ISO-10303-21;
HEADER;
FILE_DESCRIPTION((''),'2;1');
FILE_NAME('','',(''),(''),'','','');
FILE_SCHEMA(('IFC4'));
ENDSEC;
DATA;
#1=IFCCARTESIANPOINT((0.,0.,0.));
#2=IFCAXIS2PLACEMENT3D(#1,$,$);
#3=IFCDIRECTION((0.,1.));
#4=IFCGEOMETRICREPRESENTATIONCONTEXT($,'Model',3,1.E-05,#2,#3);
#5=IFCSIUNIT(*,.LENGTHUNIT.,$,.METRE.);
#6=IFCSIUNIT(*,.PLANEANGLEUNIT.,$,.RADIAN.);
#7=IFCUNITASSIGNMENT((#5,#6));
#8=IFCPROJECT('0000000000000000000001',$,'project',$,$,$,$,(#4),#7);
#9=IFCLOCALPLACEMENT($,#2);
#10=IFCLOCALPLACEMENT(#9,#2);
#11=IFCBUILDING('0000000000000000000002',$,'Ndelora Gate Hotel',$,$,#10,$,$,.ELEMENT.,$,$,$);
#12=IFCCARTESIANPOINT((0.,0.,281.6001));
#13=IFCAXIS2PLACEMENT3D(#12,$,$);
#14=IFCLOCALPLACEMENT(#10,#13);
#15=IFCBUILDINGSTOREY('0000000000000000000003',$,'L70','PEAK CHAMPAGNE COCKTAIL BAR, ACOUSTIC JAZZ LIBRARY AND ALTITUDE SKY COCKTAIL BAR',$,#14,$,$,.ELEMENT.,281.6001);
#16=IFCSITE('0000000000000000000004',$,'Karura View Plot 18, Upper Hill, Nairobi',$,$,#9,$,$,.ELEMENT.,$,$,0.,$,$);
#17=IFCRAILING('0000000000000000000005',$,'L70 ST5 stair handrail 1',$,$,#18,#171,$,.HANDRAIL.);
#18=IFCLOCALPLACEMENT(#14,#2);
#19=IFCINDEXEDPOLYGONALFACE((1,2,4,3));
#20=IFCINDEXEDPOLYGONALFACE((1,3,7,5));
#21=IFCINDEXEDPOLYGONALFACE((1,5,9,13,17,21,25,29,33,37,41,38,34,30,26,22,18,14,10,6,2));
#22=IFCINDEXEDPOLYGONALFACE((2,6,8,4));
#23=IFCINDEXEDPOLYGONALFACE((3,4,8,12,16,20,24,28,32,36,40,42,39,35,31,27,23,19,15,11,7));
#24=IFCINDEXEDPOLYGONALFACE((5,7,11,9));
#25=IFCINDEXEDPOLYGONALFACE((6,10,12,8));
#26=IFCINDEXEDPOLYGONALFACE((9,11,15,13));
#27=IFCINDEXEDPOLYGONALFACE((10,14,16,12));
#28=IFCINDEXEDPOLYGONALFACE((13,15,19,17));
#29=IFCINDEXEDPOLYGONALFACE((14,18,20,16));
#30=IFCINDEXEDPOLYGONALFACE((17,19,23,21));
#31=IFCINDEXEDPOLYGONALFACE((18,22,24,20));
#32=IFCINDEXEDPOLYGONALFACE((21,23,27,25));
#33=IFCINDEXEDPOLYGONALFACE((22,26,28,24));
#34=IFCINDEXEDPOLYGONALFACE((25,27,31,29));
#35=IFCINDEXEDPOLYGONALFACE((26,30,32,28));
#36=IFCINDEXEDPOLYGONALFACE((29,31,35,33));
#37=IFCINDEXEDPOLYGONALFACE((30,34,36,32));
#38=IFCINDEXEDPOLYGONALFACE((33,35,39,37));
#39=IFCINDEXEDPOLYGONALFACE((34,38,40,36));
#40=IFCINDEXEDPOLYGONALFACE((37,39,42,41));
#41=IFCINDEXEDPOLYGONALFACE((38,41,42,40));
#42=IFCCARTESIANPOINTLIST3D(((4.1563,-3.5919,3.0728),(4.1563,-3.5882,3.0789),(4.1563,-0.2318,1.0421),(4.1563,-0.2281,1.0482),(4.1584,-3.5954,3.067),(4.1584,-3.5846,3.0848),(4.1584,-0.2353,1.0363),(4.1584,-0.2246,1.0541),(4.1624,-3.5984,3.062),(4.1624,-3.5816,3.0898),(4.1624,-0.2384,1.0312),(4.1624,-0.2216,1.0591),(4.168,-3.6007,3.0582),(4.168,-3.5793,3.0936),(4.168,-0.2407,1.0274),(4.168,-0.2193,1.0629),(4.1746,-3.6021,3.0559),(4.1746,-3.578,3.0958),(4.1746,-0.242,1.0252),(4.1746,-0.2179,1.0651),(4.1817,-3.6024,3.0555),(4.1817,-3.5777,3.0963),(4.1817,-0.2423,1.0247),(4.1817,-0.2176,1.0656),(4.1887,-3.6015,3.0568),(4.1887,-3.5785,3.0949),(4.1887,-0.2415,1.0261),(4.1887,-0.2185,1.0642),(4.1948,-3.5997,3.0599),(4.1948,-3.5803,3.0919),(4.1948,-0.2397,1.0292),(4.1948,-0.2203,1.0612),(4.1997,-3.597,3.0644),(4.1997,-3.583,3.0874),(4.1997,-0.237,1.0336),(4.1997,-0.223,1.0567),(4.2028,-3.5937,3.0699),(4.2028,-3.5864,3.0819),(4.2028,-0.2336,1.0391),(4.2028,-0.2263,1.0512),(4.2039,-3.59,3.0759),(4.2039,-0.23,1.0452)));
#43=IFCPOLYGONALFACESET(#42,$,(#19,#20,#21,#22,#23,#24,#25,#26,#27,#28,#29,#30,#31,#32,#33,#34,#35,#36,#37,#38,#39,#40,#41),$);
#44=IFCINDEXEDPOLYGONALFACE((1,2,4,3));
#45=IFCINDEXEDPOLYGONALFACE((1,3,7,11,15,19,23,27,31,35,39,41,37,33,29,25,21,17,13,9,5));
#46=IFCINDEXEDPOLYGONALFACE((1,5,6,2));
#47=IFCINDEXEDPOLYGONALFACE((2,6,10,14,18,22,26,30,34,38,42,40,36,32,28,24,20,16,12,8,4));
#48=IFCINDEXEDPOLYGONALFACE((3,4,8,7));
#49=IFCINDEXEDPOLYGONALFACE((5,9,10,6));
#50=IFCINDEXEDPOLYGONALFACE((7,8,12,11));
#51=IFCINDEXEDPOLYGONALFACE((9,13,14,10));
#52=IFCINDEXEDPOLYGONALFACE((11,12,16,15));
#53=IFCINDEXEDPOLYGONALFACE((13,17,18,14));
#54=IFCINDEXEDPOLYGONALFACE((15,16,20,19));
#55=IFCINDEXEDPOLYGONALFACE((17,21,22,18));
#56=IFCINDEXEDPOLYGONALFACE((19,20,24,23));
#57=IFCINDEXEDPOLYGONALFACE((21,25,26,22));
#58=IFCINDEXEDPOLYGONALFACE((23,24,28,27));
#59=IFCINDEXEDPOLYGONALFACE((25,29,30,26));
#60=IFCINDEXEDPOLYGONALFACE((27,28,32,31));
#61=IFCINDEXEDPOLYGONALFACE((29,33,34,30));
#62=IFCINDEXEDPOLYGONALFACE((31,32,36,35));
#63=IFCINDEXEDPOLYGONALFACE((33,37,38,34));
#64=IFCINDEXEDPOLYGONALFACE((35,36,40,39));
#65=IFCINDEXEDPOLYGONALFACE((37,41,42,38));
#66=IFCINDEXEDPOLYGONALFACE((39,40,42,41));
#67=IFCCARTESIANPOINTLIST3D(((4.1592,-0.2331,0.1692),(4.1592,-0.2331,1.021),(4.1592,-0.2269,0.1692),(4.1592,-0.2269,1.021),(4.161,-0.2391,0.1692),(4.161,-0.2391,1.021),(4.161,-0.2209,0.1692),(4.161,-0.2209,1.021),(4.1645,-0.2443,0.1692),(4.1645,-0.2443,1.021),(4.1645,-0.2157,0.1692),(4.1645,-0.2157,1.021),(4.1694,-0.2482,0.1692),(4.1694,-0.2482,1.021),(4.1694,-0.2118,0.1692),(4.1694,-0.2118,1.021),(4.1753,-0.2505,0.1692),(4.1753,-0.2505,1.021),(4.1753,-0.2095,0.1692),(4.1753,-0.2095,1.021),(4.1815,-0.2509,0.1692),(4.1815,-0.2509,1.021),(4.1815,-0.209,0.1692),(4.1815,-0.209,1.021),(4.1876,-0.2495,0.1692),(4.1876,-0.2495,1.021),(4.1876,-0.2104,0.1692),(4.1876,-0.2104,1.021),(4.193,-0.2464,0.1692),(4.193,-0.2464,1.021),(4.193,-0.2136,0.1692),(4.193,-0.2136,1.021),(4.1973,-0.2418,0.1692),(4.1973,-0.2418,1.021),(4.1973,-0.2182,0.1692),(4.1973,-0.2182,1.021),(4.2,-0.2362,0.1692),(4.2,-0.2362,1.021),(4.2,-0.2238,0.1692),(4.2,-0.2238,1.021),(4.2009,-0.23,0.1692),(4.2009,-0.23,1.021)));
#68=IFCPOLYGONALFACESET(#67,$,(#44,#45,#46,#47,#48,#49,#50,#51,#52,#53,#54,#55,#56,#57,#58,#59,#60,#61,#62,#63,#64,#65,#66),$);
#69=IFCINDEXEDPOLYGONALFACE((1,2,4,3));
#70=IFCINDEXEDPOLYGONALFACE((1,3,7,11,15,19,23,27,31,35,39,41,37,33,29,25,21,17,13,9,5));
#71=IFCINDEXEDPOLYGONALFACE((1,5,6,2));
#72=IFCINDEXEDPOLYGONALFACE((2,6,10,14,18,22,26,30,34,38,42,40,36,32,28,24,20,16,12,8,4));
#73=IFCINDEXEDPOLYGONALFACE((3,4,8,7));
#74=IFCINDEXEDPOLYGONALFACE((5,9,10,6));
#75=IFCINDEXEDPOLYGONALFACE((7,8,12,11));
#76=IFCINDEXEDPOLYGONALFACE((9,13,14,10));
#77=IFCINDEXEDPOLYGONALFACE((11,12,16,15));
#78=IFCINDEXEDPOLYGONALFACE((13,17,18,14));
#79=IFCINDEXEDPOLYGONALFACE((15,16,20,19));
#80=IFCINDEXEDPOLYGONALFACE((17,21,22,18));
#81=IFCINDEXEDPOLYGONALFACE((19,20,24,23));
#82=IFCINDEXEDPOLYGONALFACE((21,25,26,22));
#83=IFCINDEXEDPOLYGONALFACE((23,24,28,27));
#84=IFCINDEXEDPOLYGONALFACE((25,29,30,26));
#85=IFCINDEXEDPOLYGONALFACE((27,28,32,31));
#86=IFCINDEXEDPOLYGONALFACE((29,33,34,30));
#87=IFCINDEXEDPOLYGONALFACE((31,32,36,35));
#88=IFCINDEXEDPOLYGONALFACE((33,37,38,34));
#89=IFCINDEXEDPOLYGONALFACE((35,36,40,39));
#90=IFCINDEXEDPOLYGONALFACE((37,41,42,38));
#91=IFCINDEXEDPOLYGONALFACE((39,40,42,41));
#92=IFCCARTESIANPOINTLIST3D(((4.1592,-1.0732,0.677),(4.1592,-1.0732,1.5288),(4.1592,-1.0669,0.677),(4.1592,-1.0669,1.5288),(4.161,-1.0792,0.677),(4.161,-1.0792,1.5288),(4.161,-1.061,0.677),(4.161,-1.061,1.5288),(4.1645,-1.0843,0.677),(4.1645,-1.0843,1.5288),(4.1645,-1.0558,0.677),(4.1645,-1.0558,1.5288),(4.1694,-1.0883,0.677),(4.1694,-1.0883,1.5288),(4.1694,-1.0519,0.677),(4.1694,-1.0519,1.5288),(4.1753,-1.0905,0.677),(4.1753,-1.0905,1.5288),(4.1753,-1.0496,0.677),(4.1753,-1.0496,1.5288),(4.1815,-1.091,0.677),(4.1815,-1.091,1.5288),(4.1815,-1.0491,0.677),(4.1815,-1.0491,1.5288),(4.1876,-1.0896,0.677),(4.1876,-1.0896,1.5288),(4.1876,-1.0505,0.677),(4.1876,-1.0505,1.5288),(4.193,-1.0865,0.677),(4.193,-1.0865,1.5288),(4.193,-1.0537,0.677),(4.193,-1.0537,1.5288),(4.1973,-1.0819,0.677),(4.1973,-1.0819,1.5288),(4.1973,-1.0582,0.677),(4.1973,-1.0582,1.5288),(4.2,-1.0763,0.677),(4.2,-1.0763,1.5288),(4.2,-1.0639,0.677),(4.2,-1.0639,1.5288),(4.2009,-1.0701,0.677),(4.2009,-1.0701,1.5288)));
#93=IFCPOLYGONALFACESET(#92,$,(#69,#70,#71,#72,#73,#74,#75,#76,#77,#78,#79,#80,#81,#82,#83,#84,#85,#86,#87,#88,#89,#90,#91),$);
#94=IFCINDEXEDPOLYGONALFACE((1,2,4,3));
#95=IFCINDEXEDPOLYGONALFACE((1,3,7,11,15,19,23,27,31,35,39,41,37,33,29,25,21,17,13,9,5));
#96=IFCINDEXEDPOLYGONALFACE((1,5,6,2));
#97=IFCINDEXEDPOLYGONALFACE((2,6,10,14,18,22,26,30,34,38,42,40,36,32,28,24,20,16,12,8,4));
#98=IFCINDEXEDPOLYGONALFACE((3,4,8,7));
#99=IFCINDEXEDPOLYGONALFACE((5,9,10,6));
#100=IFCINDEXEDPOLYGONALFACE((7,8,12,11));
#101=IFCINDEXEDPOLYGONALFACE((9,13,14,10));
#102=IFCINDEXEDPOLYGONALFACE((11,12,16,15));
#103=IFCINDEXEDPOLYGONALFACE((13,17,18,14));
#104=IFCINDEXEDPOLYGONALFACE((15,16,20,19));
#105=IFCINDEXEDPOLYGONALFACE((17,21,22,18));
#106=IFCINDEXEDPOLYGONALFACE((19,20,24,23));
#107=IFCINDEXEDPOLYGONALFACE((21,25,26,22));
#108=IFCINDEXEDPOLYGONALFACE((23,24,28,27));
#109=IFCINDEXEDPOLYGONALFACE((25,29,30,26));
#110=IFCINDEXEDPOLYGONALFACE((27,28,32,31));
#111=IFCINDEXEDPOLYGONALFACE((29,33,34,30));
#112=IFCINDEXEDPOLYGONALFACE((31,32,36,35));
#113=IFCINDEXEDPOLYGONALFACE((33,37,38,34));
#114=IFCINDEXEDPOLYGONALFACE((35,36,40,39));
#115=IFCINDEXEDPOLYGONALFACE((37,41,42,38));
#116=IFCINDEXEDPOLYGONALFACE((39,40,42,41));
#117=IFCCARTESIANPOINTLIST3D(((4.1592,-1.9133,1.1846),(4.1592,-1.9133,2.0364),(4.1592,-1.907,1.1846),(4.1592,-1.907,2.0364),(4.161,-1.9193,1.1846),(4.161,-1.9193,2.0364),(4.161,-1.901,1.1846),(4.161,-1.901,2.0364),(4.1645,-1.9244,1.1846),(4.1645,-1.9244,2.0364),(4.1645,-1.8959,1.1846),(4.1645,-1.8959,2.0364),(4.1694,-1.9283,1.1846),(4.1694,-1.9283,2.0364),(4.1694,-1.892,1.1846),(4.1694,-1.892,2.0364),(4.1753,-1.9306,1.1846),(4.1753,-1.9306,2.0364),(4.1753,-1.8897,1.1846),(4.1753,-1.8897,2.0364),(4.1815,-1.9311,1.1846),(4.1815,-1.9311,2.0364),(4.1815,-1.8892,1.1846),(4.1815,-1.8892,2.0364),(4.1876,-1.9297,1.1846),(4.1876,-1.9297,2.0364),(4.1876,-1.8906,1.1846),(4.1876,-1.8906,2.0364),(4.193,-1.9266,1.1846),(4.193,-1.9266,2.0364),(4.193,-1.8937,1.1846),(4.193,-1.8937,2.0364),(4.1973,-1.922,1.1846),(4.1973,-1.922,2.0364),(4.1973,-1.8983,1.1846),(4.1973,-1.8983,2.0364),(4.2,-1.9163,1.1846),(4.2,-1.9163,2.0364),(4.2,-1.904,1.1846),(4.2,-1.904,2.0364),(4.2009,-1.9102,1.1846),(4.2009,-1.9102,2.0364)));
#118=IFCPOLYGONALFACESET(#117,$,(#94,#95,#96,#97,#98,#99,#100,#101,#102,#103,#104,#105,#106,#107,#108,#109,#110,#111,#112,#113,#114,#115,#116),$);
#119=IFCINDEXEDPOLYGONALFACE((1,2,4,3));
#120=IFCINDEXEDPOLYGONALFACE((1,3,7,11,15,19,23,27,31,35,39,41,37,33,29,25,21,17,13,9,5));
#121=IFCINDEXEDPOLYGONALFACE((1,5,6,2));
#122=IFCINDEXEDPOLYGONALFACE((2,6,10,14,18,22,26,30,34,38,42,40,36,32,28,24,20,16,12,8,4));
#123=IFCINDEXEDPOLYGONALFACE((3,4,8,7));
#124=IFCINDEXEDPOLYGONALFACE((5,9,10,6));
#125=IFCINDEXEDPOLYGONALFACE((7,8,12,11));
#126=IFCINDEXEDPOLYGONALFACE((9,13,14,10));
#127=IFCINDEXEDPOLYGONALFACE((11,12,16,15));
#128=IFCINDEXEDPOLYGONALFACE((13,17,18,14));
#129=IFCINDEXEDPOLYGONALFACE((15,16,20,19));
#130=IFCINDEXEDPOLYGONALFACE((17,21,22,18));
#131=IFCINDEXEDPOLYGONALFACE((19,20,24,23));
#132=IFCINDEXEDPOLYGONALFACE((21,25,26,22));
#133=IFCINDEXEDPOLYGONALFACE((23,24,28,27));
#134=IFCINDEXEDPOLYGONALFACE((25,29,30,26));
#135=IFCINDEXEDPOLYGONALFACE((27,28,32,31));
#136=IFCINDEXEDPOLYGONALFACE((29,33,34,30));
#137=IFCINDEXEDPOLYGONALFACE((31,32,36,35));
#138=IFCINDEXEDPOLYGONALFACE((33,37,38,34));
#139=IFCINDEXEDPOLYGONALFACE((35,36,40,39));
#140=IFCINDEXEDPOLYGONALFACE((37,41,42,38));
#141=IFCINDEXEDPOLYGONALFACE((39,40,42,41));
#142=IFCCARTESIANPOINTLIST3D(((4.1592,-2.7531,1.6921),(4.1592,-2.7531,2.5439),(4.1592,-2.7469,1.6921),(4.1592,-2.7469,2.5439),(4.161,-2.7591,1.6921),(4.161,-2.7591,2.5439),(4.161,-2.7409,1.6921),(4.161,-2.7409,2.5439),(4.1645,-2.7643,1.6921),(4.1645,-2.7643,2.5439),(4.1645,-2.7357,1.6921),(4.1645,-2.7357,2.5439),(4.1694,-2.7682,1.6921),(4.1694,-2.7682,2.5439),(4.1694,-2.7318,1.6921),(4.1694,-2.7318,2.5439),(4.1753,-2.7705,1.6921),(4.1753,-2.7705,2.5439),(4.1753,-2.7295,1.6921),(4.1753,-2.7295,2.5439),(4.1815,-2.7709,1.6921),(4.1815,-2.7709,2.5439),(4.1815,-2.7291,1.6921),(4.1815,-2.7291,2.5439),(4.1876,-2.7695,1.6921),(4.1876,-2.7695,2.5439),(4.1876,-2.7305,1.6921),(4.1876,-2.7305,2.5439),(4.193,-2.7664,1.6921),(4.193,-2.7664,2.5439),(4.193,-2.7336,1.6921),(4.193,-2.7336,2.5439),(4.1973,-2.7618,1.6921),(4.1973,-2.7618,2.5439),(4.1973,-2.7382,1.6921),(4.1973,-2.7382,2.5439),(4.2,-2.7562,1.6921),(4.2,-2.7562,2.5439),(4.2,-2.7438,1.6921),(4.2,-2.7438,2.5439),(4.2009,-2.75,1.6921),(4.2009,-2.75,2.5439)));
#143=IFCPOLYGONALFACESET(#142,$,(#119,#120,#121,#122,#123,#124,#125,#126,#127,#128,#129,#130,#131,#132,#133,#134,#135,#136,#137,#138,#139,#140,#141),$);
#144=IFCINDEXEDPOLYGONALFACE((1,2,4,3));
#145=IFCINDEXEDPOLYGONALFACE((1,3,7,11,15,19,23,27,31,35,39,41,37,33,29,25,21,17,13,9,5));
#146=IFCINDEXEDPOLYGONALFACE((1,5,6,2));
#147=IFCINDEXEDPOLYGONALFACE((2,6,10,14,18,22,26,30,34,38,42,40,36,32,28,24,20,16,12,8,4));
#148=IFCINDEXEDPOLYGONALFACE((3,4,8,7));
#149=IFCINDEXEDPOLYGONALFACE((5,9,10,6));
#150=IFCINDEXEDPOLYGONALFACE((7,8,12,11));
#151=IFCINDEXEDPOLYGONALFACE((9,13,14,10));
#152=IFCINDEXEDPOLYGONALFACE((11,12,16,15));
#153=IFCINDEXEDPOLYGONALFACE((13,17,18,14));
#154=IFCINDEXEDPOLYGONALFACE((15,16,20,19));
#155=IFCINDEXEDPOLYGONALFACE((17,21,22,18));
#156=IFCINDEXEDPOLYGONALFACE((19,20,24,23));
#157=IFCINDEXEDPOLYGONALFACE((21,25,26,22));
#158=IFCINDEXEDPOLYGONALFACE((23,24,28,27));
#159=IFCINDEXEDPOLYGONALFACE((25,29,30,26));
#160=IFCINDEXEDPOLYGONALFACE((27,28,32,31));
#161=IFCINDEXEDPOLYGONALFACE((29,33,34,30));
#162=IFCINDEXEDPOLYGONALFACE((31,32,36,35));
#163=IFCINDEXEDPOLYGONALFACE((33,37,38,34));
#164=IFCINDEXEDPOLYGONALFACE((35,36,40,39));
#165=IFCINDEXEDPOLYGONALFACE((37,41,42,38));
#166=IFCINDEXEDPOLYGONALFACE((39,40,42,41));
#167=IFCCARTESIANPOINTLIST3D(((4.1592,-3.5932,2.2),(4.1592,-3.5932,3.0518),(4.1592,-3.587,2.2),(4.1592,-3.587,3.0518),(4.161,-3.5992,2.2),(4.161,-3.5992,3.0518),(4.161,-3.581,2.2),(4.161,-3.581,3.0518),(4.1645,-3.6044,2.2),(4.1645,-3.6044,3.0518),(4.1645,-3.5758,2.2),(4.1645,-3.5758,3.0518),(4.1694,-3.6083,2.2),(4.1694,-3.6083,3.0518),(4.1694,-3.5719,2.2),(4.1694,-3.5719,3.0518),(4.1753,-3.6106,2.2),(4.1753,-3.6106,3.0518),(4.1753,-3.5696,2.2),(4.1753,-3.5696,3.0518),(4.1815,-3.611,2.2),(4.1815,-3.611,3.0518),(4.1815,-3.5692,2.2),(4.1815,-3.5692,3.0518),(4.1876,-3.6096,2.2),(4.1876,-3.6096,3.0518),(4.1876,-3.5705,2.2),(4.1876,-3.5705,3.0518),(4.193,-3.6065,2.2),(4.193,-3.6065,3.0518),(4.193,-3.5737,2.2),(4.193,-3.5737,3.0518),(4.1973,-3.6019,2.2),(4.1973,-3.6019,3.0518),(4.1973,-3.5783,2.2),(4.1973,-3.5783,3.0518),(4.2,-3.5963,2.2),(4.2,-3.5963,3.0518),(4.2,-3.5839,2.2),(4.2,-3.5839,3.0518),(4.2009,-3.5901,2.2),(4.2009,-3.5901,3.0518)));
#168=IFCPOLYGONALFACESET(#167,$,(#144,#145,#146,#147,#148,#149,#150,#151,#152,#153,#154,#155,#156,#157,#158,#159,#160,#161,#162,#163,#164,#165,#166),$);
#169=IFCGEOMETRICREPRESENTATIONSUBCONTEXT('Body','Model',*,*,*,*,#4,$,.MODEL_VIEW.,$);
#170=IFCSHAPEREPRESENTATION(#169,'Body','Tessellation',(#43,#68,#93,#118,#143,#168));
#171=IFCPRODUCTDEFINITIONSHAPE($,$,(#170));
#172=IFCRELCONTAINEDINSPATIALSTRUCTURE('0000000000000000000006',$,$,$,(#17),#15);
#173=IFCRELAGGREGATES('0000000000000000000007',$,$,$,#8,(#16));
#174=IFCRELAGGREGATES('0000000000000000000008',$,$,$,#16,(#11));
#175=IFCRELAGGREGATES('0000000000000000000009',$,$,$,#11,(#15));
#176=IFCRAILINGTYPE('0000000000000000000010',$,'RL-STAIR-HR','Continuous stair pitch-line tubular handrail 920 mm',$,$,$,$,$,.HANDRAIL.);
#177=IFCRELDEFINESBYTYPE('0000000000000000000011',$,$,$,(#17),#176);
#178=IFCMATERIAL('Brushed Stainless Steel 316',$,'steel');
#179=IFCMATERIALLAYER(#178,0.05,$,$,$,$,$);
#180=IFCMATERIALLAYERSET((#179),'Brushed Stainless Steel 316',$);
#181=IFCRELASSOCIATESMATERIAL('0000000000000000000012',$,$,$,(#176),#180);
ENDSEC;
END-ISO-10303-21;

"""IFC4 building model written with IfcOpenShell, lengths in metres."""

from ifc_helpers import new_model, si_unit, direction, frame, origin, origin_2d, place, context, subcontext, project, spatial, circle, extrude, material, layer, layer_set, type_object, element, save


model = new_model("IFC4")

# Units and contexts
model_context = context("Model", 3, precision=1e-05, world=origin(), true_north=direction((0.0, 1.0)))
body_context = subcontext(model_context, "Body", "Model", "MODEL_VIEW")
ifc_project = project(units=[si_unit("LENGTHUNIT", "METRE"), si_unit("PLANEANGLEUNIT", "RADIAN")], contexts=[model_context])

# Site, building, storey
site_placement = place(None, origin())
site = spatial("IfcSite", under=ifc_project, at=site_placement, Name="Karura View Plot 18, Upper Hill, Nairobi", CompositionType="ELEMENT", RefElevation=0.0)
building_placement = place(site_placement, origin())
building = spatial("IfcBuilding", under=site, at=building_placement, Name="Ndelora Gate Hotel", CompositionType="ELEMENT")
storey_placement = place(building_placement, frame((0.0, 0.0, 281.6001)))
storey = spatial("IfcBuildingStorey", under=building, at=storey_placement, Name="L70", Description="PEAK CHAMPAGNE COCKTAIL BAR, ACOUSTIC JAZZ LIBRARY AND ALTITUDE SKY COCKTAIL BAR", CompositionType="ELEMENT", Elevation=281.6001)

# Railing
ifc_material_1 = material(Name="Brushed Stainless Steel 316", Category="steel")
ifc_layer_1 = layer(ifc_material_1, 0.05)
ifc_layer_set_1 = layer_set([ifc_layer_1], Name="Brushed Stainless Steel 316")
railing_type_1 = type_object("IfcRailingType", Name="RL-STAIR-HR", Description="Continuous stair pitch-line tubular handrail 920 mm", PredefinedType="HANDRAIL", material=ifc_layer_set_1)
railing_1_placement = place(storey_placement, frame((4.1799, -0.23, 0.1692)))
element("IfcRailing", 1, at=railing_1_placement, inside=storey, type_object=railing_type_1, Name="L70 ST5 stair handrail 1", PredefinedType="HANDRAIL", context=body_context, shape_type="SweptSolid", body=[
    extrude(circle(Radius=0.0239, at=origin_2d()), frame((0.0, 0.0, 0.876), z_axis=(0.0, -0.855837, 0.517246), x_axis=(1.0, 0.0, 0.0)), (0.0, 0.0, 1.0), 3.926),
    extrude(circle(Radius=0.021, at=origin_2d()), origin(), (0.0, 0.0, 1.0), 0.8518),
    extrude(circle(Radius=0.021, at=origin_2d()), frame((0.0, -0.8401, 0.5078)), (0.0, 0.0, 1.0), 0.8518),
    extrude(circle(Radius=0.021, at=origin_2d()), frame((0.0, -1.6802, 1.0154)), (0.0, 0.0, 1.0), 0.8518),
    extrude(circle(Radius=0.021, at=origin_2d()), frame((0.0, -2.52, 1.5229)), (0.0, 0.0, 1.0), 0.8518),
    extrude(circle(Radius=0.021, at=origin_2d()), frame((0.0, -3.3601, 2.0308)), (0.0, 0.0, 1.0), 0.8518),
])

save(model, "model.ifc")
